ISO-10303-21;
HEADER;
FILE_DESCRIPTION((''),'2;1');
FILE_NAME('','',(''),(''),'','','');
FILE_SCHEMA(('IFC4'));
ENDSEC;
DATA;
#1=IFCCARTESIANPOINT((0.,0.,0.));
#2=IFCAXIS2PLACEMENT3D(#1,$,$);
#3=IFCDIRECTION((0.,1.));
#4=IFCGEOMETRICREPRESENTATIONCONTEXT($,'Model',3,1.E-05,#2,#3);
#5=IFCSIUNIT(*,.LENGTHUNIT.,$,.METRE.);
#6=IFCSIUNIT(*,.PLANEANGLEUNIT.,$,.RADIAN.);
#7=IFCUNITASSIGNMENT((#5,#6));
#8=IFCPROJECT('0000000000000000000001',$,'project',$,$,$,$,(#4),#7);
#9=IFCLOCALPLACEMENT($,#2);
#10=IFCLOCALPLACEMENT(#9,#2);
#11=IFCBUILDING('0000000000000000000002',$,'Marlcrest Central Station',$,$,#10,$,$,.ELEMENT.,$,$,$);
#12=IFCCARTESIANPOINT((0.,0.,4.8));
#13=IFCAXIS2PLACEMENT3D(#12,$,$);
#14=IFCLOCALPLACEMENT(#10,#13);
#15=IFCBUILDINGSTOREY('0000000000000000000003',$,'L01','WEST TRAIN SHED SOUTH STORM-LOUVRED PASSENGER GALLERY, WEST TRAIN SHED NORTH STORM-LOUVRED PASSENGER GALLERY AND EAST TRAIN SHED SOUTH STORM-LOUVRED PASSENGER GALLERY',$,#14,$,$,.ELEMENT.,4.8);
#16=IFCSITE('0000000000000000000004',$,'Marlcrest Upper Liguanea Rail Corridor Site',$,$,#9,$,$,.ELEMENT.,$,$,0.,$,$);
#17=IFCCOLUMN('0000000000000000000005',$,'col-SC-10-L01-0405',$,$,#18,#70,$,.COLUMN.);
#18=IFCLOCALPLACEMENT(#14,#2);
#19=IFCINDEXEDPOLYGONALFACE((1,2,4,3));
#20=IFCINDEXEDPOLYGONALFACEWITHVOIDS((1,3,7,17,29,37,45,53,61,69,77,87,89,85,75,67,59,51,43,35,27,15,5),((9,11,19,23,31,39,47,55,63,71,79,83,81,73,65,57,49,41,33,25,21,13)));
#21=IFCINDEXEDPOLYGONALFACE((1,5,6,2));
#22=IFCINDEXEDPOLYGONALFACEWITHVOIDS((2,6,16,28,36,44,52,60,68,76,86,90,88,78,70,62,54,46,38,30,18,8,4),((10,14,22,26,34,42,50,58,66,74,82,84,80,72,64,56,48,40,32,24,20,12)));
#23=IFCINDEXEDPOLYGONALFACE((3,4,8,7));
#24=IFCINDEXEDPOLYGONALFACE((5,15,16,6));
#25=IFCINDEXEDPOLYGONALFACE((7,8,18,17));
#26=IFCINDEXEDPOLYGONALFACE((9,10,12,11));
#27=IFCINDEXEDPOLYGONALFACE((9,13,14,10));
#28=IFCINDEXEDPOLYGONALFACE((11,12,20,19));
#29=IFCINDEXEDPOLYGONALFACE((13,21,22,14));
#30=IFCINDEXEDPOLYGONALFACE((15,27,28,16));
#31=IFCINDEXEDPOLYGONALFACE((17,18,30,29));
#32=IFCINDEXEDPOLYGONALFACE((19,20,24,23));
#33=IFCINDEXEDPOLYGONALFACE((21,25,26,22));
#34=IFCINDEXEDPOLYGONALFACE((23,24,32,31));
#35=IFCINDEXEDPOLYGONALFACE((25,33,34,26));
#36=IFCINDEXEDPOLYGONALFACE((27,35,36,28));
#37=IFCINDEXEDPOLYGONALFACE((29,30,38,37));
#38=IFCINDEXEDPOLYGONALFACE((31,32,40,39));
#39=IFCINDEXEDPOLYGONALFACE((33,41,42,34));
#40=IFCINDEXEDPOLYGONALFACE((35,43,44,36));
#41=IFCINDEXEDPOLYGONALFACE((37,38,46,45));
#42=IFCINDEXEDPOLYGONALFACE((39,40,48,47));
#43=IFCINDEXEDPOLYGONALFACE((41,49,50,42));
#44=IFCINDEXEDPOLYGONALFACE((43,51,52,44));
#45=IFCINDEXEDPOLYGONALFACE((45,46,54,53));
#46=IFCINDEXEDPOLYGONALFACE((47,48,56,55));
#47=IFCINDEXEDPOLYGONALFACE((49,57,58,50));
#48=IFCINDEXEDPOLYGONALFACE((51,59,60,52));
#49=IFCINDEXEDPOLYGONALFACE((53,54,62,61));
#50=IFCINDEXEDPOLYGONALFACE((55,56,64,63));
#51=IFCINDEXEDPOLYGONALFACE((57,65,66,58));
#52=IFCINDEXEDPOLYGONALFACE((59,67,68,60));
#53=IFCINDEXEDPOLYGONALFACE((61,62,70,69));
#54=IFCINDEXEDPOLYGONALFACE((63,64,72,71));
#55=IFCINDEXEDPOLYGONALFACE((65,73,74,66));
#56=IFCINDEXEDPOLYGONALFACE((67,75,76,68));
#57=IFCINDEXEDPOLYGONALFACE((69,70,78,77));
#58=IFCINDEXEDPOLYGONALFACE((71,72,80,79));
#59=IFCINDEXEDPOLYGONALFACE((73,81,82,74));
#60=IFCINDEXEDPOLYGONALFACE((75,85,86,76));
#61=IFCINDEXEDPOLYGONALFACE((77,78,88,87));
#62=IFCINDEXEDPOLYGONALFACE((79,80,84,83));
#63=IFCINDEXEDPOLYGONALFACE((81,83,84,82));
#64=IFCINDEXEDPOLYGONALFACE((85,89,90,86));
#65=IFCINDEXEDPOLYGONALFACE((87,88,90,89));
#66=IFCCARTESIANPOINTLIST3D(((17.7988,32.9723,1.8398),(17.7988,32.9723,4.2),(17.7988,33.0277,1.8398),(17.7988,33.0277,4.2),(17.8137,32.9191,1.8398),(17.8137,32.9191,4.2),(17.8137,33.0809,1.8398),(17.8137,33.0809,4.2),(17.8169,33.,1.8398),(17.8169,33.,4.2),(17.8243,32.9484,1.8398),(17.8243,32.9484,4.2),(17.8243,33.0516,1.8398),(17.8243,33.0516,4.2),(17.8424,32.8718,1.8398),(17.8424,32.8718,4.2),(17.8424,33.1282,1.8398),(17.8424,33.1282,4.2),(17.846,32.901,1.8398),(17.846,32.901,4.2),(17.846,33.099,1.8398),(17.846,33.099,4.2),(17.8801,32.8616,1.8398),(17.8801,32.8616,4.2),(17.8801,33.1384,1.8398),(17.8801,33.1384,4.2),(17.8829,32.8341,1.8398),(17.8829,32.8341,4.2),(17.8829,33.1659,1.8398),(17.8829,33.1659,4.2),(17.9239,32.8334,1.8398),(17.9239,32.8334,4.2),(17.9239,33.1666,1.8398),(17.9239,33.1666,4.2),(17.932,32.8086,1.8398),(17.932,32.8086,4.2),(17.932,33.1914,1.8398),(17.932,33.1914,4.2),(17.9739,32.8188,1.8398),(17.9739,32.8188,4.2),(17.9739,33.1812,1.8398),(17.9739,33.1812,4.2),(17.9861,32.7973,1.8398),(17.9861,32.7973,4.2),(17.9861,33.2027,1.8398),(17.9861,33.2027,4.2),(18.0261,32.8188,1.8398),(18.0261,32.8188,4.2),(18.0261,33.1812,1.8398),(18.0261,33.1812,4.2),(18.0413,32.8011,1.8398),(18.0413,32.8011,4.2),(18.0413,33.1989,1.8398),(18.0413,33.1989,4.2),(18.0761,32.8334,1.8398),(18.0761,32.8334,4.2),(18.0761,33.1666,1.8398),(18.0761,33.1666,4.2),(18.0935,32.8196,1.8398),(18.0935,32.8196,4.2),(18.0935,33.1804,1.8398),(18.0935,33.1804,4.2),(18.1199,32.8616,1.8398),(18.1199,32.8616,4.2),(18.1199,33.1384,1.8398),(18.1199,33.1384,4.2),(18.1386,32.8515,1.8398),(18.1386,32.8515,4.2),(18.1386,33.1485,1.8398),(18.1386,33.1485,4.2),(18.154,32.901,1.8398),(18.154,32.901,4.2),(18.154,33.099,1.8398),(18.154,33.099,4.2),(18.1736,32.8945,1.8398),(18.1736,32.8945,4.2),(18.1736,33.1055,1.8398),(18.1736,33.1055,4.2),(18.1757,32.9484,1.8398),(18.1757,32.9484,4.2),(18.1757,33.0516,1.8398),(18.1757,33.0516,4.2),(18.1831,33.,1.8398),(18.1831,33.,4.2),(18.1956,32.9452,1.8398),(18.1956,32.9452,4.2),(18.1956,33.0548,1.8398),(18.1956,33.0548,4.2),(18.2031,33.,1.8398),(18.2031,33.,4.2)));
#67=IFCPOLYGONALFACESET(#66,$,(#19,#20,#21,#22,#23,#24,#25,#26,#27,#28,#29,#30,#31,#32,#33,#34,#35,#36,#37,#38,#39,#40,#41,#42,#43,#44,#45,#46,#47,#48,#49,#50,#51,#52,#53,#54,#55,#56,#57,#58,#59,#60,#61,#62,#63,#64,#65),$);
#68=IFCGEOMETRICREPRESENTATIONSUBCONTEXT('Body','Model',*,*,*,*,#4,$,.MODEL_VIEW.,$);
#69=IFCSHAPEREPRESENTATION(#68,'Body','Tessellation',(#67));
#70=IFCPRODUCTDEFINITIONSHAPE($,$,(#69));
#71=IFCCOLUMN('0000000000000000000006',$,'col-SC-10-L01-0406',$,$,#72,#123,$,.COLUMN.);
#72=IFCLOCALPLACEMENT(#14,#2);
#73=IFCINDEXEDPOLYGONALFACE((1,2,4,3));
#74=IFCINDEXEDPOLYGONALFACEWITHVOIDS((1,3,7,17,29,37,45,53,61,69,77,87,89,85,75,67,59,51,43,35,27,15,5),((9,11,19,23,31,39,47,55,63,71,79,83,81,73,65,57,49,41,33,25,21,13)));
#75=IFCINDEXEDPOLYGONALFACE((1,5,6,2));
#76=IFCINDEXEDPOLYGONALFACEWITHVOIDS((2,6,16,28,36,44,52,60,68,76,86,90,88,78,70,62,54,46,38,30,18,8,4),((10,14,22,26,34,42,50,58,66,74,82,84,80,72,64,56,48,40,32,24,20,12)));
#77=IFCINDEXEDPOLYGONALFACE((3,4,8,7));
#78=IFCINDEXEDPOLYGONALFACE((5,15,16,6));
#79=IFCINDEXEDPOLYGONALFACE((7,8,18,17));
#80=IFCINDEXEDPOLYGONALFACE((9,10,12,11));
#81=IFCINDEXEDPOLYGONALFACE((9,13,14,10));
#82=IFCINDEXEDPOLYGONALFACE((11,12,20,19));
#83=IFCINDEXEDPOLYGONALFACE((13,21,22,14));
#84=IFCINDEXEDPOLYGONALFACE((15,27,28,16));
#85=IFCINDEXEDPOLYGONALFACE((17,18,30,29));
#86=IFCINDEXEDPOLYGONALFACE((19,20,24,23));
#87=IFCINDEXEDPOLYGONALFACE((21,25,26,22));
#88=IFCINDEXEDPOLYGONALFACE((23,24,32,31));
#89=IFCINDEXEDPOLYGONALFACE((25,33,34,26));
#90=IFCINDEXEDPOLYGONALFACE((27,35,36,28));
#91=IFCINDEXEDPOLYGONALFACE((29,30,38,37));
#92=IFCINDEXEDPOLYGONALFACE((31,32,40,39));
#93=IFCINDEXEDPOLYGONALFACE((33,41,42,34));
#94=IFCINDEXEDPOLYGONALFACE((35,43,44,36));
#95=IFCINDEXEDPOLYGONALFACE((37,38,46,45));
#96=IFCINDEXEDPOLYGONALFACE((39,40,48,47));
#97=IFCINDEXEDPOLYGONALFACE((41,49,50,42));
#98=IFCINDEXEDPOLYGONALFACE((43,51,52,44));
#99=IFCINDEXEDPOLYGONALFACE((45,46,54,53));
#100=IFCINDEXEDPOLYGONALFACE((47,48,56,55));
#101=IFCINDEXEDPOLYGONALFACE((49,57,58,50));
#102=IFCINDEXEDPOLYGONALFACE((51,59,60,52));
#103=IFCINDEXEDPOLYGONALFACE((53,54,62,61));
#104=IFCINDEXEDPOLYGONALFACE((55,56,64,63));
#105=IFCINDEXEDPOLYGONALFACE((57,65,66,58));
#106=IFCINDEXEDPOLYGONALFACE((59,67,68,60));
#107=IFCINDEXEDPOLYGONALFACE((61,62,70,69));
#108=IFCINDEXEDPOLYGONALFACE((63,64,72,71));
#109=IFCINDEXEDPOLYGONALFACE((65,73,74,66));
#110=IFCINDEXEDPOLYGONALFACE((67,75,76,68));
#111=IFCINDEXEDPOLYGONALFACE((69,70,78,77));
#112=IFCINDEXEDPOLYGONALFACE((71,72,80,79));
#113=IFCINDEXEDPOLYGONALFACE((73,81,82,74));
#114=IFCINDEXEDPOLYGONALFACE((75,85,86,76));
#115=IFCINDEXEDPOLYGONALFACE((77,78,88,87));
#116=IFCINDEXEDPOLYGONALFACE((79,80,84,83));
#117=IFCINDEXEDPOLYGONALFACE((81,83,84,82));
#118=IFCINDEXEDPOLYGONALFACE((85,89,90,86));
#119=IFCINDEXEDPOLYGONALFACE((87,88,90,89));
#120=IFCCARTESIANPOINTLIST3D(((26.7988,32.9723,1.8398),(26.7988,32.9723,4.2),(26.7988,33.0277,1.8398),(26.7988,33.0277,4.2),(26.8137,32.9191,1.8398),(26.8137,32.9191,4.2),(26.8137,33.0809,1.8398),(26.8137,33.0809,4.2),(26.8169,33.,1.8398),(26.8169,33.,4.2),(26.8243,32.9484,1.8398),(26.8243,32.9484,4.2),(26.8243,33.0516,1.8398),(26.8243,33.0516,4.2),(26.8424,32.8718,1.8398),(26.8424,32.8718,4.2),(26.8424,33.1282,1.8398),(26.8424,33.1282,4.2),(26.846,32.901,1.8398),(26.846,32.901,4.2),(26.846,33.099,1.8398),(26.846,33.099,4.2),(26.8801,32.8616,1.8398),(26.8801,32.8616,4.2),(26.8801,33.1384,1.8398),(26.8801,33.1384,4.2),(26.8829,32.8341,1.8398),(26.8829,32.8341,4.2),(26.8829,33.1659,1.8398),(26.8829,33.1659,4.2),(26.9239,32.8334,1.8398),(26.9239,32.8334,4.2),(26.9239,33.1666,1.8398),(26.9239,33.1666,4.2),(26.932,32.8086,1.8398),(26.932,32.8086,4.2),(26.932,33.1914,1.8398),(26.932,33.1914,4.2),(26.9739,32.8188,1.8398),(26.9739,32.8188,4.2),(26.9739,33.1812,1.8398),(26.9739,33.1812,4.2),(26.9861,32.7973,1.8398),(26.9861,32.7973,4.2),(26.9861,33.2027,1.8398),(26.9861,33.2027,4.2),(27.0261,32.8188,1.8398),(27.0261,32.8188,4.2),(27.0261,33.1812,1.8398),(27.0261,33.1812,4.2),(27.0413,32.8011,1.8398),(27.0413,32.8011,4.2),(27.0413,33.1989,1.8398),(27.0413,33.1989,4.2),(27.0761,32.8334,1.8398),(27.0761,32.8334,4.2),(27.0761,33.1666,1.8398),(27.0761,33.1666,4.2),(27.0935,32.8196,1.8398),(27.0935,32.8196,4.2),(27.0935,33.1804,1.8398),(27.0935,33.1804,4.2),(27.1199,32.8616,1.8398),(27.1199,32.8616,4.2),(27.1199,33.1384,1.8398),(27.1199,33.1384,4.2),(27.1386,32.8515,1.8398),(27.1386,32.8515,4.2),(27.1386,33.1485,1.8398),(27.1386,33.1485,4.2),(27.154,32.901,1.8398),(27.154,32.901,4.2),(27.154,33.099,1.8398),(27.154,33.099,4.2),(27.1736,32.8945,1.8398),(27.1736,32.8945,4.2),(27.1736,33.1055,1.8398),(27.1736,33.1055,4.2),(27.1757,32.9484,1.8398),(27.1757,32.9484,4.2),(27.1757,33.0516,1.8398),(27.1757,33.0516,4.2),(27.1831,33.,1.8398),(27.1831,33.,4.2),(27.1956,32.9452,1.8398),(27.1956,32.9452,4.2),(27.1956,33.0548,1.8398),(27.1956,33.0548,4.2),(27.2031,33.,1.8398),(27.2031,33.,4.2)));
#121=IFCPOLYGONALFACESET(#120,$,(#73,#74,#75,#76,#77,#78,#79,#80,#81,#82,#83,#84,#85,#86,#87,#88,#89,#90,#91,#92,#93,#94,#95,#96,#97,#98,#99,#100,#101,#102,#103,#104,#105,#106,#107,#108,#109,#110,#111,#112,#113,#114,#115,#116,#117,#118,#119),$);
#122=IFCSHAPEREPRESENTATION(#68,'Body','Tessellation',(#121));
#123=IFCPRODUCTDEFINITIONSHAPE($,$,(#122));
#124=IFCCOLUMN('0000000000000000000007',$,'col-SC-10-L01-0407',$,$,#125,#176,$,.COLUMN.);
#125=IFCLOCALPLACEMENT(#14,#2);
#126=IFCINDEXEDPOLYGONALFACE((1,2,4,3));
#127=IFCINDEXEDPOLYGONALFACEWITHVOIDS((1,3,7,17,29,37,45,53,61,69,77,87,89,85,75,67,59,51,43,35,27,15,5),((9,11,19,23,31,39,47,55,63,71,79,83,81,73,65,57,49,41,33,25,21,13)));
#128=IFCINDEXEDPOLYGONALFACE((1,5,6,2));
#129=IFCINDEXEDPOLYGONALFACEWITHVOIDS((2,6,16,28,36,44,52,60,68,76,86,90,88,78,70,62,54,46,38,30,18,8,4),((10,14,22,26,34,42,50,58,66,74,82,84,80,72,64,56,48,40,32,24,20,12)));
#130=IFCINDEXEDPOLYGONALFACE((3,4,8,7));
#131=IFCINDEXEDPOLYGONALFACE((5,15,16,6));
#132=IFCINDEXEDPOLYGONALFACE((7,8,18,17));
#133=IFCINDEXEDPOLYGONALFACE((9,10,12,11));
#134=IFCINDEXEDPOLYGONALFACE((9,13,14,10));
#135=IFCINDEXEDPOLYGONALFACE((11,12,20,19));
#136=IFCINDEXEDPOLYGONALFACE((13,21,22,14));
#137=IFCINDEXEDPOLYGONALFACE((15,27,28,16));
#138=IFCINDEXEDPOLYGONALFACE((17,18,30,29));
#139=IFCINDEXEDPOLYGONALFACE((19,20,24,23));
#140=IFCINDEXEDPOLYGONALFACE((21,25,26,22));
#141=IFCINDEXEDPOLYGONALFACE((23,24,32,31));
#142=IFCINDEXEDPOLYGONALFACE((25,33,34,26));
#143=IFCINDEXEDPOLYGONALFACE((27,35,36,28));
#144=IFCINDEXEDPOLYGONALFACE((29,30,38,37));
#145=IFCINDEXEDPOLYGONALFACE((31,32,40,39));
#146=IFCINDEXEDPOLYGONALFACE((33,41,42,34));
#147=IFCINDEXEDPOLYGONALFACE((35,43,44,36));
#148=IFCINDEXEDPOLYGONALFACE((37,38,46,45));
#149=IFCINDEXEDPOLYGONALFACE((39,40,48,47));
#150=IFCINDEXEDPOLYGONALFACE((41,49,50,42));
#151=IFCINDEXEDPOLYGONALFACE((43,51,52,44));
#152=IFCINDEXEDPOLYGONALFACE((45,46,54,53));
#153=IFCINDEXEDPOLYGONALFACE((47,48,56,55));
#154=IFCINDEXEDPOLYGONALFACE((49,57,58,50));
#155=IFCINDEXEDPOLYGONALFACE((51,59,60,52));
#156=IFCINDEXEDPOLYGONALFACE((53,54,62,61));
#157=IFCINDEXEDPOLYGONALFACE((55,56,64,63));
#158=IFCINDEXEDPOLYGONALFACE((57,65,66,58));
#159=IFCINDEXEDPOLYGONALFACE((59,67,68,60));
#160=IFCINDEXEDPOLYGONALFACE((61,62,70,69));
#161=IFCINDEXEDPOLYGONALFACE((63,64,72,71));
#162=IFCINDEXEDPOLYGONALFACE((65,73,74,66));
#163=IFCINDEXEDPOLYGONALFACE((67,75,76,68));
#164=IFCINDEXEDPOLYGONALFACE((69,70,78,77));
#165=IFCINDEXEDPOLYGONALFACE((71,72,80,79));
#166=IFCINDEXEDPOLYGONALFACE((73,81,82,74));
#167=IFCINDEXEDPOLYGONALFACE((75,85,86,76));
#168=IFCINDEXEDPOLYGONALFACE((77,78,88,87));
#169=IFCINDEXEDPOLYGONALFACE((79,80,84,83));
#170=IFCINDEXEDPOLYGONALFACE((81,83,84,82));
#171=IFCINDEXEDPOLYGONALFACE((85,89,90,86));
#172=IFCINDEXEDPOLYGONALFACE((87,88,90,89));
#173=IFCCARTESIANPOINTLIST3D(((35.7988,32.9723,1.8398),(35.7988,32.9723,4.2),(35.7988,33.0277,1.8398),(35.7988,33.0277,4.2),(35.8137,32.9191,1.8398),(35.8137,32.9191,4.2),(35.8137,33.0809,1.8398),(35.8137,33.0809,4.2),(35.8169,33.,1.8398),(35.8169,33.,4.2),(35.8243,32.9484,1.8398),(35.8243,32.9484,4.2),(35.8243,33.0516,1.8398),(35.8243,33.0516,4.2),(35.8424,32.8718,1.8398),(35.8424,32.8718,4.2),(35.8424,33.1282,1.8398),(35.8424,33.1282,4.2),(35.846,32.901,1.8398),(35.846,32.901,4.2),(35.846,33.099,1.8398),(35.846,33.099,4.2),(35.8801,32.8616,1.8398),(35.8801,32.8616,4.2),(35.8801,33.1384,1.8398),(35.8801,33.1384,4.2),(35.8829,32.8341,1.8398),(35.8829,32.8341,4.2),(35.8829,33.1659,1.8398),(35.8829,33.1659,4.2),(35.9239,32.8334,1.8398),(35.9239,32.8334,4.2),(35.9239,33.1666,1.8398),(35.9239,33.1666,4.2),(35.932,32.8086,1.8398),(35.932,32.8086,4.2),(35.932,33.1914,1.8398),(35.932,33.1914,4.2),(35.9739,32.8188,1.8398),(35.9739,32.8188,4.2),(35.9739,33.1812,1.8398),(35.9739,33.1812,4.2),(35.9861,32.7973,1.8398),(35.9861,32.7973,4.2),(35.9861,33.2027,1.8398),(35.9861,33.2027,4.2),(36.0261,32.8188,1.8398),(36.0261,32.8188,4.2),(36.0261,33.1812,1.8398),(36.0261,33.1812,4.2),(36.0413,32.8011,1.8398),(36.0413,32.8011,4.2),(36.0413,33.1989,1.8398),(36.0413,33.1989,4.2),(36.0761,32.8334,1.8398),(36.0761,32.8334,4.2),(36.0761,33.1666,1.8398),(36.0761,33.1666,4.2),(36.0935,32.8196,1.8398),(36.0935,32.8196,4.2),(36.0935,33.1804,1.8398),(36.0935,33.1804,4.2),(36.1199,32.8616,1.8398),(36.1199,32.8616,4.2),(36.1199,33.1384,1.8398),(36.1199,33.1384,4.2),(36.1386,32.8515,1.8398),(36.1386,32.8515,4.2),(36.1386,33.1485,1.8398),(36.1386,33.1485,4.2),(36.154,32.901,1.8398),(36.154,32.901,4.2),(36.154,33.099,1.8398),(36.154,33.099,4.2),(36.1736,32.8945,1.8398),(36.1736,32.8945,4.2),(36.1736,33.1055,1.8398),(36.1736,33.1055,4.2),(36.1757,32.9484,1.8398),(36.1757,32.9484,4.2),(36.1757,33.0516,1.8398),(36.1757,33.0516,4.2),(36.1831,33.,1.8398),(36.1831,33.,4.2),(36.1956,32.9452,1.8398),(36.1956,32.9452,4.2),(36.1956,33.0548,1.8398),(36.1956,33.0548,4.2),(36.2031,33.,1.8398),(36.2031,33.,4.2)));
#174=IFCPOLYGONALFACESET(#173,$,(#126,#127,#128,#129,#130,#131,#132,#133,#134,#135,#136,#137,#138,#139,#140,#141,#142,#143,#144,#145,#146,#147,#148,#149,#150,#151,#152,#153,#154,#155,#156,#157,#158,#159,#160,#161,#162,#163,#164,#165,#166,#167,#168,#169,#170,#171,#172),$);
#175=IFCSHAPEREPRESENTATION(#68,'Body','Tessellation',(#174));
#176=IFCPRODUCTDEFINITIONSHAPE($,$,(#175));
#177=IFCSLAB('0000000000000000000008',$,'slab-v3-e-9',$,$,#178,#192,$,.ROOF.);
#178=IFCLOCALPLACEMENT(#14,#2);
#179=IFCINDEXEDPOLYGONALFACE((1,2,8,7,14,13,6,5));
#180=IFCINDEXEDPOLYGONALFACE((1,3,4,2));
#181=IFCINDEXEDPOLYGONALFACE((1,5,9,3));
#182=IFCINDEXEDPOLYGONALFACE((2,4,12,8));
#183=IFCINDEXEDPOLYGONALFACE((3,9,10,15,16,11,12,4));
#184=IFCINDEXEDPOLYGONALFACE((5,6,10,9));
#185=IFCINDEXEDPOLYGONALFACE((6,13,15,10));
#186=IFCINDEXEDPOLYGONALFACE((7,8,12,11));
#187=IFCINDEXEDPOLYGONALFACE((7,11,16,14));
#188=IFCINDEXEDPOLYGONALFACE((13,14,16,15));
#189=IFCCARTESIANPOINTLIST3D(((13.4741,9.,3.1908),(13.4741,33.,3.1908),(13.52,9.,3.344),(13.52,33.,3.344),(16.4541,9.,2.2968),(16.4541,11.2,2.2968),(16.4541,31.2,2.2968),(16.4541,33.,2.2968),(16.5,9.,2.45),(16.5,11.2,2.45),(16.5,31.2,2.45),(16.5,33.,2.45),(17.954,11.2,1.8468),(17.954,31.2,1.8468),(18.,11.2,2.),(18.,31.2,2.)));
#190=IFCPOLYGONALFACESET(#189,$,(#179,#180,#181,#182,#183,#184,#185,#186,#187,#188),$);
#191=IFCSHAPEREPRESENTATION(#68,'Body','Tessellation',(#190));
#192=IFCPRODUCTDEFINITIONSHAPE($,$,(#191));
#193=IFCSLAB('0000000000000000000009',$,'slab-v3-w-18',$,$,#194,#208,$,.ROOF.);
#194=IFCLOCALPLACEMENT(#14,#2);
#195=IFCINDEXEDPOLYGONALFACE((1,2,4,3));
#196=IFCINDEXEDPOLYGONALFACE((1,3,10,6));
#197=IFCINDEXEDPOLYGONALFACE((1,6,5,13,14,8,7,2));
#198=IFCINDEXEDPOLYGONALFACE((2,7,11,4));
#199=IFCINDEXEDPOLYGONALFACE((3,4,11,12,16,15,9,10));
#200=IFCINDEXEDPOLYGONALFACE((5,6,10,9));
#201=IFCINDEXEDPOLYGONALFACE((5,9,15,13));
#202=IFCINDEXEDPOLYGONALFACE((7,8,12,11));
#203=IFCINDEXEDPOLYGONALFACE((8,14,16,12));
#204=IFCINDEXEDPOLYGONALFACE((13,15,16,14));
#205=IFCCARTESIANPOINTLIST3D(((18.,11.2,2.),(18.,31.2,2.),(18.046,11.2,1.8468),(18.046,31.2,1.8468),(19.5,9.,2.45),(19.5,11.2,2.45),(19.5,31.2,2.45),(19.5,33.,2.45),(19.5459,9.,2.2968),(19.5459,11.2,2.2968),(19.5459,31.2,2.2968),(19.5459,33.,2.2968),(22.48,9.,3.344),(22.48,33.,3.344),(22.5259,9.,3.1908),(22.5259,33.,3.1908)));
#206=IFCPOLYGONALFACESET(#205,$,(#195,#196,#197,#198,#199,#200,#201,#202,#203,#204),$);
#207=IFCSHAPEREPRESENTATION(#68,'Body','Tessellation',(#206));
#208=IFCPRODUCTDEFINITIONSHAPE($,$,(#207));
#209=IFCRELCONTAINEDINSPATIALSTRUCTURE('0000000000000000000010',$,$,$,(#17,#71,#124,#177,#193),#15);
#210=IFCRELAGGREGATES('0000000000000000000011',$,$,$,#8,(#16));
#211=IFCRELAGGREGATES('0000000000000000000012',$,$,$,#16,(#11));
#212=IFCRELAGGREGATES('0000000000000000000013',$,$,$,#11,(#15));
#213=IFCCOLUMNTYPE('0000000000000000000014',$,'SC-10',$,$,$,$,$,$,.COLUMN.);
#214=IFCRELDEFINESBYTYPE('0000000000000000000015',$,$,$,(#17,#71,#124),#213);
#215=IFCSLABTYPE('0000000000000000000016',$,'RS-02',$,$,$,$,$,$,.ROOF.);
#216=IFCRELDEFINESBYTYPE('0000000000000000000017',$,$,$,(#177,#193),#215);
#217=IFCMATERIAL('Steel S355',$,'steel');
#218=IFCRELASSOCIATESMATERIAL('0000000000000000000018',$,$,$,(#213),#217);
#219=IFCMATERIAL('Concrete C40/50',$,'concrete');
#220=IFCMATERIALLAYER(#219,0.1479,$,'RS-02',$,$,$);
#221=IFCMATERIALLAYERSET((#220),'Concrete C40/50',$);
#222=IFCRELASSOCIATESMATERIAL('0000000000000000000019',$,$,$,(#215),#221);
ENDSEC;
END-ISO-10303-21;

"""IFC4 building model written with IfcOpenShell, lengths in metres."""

from ifc_helpers import new_model, si_unit, direction, frame, origin, origin_2d, place, context, subcontext, project, spatial, polyline, hollow_circle, outline, extrude, material, layer, layer_set, material_profile, profile_set, type_object, element, save


model = new_model("IFC4")

# Units and contexts
model_context = context("Model", 3, precision=1e-05, world=origin(), true_north=direction((0.0, 1.0)))
body_context = subcontext(model_context, "Body", "Model", "MODEL_VIEW")
ifc_project = project(units=[si_unit("LENGTHUNIT", "METRE"), si_unit("PLANEANGLEUNIT", "RADIAN")], contexts=[model_context])

# Site, building, storey
site_placement = place(None, origin())
site = spatial("IfcSite", under=ifc_project, at=site_placement, Name="Marlcrest Upper Liguanea Rail Corridor Site", CompositionType="ELEMENT", RefElevation=0.0)
building_placement = place(site_placement, origin())
building = spatial("IfcBuilding", under=site, at=building_placement, Name="Marlcrest Central Station", CompositionType="ELEMENT")
storey_placement = place(building_placement, frame((0.0, 0.0, 4.8)))
storey = spatial("IfcBuildingStorey", under=building, at=storey_placement, Name="L01", Description="WEST TRAIN SHED SOUTH STORM-LOUVRED PASSENGER GALLERY, WEST TRAIN SHED NORTH STORM-LOUVRED PASSENGER GALLERY AND EAST TRAIN SHED SOUTH STORM-LOUVRED PASSENGER GALLERY", CompositionType="ELEMENT", Elevation=4.8)

# Columns
ifc_material_1 = material(Name="Steel S355", Category="steel")
ifc_material_profile = material_profile(ifc_material_1, hollow_circle(Radius=0.2031, WallThickness=0.02, at=origin_2d()), Name="CHS 406.4x20")
ifc_profile_set = profile_set([ifc_material_profile], Name="Steel S355")
column_type = type_object("IfcColumnType", Name="SC-10", PredefinedType="COLUMN", material=ifc_profile_set)
for number, where, z_axis, x_axis, name in (
    (1, (18.0, 33.0, 1.8398), (0.0, 0.0, 1.0), (1.0, 0.0, 0.0), "col-SC-10-L01-0405"),
    (2, (27.0, 33.0, 1.8398), (0.0, 0.0, 1.0), (1.0, 0.0, 0.0), "col-SC-10-L01-0406"),
    (3, (36.0, 33.0, 1.8398), (0.0, 0.0, 1.0), (1.0, 0.0, 0.0), "col-SC-10-L01-0407"),
):
    element("IfcColumn", number, at=place(storey_placement, frame(where, z_axis=z_axis, x_axis=x_axis)), inside=storey, type_object=column_type, Name=name, PredefinedType="COLUMN", context=body_context, shape_type="SweptSolid", body=[
        extrude(hollow_circle(Radius=0.2031, WallThickness=0.02, at=origin_2d()), origin(), (0.0, 0.0, 1.0), 2.3601),
    ])

# Slabs
ifc_material_2 = material(Name="Concrete C40/50", Category="concrete")
ifc_layer = layer(ifc_material_2, 0.1479, Name="RS-02")
ifc_layer_set = layer_set([ifc_layer], Name="Concrete C40/50")
slab_type = type_object("IfcSlabType", Name="RS-02", PredefinedType="ROOF", material=ifc_layer_set)
slab_1_placement = place(storey_placement, frame((13.52, 9.0, 3.344), z_axis=(0.28735, 0.0, 0.957826), x_axis=(0.957826, 0.0, -0.28735)))
element("IfcSlab", 4, at=slab_1_placement, inside=storey, type_object=slab_type, Name="slab-v3-e-9", PredefinedType="ROOF", context=body_context, shape_type="SweptSolid", body=[
    extrude(outline(polyline([(0.0, 0.0), (3.1112, 0.0), (3.1112, 2.2), (4.6772, 2.2), (4.6772, 22.2), (3.1112, 22.2), (3.1112, 24.0), (0.0, 24.0), (0.0, 0.0)])), origin(), (0.0, 0.0, -1.0), 0.1599),
])
slab_2_placement = place(storey_placement, frame((18.0, 11.2, 2.0), z_axis=(-0.28735, 0.0, 0.957826), x_axis=(0.957826, 0.0, 0.28735)))
element("IfcSlab", 5, at=slab_2_placement, inside=storey, type_object=slab_type, Name="slab-v3-w-18", PredefinedType="ROOF", context=body_context, shape_type="SweptSolid", body=[
    extrude(outline(polyline([(0.0, 0.0), (1.566, 0.0), (1.566, -2.2), (4.6772, -2.2), (4.6772, 21.8), (1.566, 21.8), (1.566, 20.0), (0.0, 20.0), (0.0, 0.0)])), origin(), (0.0, 0.0, -1.0), 0.1599),
])

save(model, "model.ifc")
